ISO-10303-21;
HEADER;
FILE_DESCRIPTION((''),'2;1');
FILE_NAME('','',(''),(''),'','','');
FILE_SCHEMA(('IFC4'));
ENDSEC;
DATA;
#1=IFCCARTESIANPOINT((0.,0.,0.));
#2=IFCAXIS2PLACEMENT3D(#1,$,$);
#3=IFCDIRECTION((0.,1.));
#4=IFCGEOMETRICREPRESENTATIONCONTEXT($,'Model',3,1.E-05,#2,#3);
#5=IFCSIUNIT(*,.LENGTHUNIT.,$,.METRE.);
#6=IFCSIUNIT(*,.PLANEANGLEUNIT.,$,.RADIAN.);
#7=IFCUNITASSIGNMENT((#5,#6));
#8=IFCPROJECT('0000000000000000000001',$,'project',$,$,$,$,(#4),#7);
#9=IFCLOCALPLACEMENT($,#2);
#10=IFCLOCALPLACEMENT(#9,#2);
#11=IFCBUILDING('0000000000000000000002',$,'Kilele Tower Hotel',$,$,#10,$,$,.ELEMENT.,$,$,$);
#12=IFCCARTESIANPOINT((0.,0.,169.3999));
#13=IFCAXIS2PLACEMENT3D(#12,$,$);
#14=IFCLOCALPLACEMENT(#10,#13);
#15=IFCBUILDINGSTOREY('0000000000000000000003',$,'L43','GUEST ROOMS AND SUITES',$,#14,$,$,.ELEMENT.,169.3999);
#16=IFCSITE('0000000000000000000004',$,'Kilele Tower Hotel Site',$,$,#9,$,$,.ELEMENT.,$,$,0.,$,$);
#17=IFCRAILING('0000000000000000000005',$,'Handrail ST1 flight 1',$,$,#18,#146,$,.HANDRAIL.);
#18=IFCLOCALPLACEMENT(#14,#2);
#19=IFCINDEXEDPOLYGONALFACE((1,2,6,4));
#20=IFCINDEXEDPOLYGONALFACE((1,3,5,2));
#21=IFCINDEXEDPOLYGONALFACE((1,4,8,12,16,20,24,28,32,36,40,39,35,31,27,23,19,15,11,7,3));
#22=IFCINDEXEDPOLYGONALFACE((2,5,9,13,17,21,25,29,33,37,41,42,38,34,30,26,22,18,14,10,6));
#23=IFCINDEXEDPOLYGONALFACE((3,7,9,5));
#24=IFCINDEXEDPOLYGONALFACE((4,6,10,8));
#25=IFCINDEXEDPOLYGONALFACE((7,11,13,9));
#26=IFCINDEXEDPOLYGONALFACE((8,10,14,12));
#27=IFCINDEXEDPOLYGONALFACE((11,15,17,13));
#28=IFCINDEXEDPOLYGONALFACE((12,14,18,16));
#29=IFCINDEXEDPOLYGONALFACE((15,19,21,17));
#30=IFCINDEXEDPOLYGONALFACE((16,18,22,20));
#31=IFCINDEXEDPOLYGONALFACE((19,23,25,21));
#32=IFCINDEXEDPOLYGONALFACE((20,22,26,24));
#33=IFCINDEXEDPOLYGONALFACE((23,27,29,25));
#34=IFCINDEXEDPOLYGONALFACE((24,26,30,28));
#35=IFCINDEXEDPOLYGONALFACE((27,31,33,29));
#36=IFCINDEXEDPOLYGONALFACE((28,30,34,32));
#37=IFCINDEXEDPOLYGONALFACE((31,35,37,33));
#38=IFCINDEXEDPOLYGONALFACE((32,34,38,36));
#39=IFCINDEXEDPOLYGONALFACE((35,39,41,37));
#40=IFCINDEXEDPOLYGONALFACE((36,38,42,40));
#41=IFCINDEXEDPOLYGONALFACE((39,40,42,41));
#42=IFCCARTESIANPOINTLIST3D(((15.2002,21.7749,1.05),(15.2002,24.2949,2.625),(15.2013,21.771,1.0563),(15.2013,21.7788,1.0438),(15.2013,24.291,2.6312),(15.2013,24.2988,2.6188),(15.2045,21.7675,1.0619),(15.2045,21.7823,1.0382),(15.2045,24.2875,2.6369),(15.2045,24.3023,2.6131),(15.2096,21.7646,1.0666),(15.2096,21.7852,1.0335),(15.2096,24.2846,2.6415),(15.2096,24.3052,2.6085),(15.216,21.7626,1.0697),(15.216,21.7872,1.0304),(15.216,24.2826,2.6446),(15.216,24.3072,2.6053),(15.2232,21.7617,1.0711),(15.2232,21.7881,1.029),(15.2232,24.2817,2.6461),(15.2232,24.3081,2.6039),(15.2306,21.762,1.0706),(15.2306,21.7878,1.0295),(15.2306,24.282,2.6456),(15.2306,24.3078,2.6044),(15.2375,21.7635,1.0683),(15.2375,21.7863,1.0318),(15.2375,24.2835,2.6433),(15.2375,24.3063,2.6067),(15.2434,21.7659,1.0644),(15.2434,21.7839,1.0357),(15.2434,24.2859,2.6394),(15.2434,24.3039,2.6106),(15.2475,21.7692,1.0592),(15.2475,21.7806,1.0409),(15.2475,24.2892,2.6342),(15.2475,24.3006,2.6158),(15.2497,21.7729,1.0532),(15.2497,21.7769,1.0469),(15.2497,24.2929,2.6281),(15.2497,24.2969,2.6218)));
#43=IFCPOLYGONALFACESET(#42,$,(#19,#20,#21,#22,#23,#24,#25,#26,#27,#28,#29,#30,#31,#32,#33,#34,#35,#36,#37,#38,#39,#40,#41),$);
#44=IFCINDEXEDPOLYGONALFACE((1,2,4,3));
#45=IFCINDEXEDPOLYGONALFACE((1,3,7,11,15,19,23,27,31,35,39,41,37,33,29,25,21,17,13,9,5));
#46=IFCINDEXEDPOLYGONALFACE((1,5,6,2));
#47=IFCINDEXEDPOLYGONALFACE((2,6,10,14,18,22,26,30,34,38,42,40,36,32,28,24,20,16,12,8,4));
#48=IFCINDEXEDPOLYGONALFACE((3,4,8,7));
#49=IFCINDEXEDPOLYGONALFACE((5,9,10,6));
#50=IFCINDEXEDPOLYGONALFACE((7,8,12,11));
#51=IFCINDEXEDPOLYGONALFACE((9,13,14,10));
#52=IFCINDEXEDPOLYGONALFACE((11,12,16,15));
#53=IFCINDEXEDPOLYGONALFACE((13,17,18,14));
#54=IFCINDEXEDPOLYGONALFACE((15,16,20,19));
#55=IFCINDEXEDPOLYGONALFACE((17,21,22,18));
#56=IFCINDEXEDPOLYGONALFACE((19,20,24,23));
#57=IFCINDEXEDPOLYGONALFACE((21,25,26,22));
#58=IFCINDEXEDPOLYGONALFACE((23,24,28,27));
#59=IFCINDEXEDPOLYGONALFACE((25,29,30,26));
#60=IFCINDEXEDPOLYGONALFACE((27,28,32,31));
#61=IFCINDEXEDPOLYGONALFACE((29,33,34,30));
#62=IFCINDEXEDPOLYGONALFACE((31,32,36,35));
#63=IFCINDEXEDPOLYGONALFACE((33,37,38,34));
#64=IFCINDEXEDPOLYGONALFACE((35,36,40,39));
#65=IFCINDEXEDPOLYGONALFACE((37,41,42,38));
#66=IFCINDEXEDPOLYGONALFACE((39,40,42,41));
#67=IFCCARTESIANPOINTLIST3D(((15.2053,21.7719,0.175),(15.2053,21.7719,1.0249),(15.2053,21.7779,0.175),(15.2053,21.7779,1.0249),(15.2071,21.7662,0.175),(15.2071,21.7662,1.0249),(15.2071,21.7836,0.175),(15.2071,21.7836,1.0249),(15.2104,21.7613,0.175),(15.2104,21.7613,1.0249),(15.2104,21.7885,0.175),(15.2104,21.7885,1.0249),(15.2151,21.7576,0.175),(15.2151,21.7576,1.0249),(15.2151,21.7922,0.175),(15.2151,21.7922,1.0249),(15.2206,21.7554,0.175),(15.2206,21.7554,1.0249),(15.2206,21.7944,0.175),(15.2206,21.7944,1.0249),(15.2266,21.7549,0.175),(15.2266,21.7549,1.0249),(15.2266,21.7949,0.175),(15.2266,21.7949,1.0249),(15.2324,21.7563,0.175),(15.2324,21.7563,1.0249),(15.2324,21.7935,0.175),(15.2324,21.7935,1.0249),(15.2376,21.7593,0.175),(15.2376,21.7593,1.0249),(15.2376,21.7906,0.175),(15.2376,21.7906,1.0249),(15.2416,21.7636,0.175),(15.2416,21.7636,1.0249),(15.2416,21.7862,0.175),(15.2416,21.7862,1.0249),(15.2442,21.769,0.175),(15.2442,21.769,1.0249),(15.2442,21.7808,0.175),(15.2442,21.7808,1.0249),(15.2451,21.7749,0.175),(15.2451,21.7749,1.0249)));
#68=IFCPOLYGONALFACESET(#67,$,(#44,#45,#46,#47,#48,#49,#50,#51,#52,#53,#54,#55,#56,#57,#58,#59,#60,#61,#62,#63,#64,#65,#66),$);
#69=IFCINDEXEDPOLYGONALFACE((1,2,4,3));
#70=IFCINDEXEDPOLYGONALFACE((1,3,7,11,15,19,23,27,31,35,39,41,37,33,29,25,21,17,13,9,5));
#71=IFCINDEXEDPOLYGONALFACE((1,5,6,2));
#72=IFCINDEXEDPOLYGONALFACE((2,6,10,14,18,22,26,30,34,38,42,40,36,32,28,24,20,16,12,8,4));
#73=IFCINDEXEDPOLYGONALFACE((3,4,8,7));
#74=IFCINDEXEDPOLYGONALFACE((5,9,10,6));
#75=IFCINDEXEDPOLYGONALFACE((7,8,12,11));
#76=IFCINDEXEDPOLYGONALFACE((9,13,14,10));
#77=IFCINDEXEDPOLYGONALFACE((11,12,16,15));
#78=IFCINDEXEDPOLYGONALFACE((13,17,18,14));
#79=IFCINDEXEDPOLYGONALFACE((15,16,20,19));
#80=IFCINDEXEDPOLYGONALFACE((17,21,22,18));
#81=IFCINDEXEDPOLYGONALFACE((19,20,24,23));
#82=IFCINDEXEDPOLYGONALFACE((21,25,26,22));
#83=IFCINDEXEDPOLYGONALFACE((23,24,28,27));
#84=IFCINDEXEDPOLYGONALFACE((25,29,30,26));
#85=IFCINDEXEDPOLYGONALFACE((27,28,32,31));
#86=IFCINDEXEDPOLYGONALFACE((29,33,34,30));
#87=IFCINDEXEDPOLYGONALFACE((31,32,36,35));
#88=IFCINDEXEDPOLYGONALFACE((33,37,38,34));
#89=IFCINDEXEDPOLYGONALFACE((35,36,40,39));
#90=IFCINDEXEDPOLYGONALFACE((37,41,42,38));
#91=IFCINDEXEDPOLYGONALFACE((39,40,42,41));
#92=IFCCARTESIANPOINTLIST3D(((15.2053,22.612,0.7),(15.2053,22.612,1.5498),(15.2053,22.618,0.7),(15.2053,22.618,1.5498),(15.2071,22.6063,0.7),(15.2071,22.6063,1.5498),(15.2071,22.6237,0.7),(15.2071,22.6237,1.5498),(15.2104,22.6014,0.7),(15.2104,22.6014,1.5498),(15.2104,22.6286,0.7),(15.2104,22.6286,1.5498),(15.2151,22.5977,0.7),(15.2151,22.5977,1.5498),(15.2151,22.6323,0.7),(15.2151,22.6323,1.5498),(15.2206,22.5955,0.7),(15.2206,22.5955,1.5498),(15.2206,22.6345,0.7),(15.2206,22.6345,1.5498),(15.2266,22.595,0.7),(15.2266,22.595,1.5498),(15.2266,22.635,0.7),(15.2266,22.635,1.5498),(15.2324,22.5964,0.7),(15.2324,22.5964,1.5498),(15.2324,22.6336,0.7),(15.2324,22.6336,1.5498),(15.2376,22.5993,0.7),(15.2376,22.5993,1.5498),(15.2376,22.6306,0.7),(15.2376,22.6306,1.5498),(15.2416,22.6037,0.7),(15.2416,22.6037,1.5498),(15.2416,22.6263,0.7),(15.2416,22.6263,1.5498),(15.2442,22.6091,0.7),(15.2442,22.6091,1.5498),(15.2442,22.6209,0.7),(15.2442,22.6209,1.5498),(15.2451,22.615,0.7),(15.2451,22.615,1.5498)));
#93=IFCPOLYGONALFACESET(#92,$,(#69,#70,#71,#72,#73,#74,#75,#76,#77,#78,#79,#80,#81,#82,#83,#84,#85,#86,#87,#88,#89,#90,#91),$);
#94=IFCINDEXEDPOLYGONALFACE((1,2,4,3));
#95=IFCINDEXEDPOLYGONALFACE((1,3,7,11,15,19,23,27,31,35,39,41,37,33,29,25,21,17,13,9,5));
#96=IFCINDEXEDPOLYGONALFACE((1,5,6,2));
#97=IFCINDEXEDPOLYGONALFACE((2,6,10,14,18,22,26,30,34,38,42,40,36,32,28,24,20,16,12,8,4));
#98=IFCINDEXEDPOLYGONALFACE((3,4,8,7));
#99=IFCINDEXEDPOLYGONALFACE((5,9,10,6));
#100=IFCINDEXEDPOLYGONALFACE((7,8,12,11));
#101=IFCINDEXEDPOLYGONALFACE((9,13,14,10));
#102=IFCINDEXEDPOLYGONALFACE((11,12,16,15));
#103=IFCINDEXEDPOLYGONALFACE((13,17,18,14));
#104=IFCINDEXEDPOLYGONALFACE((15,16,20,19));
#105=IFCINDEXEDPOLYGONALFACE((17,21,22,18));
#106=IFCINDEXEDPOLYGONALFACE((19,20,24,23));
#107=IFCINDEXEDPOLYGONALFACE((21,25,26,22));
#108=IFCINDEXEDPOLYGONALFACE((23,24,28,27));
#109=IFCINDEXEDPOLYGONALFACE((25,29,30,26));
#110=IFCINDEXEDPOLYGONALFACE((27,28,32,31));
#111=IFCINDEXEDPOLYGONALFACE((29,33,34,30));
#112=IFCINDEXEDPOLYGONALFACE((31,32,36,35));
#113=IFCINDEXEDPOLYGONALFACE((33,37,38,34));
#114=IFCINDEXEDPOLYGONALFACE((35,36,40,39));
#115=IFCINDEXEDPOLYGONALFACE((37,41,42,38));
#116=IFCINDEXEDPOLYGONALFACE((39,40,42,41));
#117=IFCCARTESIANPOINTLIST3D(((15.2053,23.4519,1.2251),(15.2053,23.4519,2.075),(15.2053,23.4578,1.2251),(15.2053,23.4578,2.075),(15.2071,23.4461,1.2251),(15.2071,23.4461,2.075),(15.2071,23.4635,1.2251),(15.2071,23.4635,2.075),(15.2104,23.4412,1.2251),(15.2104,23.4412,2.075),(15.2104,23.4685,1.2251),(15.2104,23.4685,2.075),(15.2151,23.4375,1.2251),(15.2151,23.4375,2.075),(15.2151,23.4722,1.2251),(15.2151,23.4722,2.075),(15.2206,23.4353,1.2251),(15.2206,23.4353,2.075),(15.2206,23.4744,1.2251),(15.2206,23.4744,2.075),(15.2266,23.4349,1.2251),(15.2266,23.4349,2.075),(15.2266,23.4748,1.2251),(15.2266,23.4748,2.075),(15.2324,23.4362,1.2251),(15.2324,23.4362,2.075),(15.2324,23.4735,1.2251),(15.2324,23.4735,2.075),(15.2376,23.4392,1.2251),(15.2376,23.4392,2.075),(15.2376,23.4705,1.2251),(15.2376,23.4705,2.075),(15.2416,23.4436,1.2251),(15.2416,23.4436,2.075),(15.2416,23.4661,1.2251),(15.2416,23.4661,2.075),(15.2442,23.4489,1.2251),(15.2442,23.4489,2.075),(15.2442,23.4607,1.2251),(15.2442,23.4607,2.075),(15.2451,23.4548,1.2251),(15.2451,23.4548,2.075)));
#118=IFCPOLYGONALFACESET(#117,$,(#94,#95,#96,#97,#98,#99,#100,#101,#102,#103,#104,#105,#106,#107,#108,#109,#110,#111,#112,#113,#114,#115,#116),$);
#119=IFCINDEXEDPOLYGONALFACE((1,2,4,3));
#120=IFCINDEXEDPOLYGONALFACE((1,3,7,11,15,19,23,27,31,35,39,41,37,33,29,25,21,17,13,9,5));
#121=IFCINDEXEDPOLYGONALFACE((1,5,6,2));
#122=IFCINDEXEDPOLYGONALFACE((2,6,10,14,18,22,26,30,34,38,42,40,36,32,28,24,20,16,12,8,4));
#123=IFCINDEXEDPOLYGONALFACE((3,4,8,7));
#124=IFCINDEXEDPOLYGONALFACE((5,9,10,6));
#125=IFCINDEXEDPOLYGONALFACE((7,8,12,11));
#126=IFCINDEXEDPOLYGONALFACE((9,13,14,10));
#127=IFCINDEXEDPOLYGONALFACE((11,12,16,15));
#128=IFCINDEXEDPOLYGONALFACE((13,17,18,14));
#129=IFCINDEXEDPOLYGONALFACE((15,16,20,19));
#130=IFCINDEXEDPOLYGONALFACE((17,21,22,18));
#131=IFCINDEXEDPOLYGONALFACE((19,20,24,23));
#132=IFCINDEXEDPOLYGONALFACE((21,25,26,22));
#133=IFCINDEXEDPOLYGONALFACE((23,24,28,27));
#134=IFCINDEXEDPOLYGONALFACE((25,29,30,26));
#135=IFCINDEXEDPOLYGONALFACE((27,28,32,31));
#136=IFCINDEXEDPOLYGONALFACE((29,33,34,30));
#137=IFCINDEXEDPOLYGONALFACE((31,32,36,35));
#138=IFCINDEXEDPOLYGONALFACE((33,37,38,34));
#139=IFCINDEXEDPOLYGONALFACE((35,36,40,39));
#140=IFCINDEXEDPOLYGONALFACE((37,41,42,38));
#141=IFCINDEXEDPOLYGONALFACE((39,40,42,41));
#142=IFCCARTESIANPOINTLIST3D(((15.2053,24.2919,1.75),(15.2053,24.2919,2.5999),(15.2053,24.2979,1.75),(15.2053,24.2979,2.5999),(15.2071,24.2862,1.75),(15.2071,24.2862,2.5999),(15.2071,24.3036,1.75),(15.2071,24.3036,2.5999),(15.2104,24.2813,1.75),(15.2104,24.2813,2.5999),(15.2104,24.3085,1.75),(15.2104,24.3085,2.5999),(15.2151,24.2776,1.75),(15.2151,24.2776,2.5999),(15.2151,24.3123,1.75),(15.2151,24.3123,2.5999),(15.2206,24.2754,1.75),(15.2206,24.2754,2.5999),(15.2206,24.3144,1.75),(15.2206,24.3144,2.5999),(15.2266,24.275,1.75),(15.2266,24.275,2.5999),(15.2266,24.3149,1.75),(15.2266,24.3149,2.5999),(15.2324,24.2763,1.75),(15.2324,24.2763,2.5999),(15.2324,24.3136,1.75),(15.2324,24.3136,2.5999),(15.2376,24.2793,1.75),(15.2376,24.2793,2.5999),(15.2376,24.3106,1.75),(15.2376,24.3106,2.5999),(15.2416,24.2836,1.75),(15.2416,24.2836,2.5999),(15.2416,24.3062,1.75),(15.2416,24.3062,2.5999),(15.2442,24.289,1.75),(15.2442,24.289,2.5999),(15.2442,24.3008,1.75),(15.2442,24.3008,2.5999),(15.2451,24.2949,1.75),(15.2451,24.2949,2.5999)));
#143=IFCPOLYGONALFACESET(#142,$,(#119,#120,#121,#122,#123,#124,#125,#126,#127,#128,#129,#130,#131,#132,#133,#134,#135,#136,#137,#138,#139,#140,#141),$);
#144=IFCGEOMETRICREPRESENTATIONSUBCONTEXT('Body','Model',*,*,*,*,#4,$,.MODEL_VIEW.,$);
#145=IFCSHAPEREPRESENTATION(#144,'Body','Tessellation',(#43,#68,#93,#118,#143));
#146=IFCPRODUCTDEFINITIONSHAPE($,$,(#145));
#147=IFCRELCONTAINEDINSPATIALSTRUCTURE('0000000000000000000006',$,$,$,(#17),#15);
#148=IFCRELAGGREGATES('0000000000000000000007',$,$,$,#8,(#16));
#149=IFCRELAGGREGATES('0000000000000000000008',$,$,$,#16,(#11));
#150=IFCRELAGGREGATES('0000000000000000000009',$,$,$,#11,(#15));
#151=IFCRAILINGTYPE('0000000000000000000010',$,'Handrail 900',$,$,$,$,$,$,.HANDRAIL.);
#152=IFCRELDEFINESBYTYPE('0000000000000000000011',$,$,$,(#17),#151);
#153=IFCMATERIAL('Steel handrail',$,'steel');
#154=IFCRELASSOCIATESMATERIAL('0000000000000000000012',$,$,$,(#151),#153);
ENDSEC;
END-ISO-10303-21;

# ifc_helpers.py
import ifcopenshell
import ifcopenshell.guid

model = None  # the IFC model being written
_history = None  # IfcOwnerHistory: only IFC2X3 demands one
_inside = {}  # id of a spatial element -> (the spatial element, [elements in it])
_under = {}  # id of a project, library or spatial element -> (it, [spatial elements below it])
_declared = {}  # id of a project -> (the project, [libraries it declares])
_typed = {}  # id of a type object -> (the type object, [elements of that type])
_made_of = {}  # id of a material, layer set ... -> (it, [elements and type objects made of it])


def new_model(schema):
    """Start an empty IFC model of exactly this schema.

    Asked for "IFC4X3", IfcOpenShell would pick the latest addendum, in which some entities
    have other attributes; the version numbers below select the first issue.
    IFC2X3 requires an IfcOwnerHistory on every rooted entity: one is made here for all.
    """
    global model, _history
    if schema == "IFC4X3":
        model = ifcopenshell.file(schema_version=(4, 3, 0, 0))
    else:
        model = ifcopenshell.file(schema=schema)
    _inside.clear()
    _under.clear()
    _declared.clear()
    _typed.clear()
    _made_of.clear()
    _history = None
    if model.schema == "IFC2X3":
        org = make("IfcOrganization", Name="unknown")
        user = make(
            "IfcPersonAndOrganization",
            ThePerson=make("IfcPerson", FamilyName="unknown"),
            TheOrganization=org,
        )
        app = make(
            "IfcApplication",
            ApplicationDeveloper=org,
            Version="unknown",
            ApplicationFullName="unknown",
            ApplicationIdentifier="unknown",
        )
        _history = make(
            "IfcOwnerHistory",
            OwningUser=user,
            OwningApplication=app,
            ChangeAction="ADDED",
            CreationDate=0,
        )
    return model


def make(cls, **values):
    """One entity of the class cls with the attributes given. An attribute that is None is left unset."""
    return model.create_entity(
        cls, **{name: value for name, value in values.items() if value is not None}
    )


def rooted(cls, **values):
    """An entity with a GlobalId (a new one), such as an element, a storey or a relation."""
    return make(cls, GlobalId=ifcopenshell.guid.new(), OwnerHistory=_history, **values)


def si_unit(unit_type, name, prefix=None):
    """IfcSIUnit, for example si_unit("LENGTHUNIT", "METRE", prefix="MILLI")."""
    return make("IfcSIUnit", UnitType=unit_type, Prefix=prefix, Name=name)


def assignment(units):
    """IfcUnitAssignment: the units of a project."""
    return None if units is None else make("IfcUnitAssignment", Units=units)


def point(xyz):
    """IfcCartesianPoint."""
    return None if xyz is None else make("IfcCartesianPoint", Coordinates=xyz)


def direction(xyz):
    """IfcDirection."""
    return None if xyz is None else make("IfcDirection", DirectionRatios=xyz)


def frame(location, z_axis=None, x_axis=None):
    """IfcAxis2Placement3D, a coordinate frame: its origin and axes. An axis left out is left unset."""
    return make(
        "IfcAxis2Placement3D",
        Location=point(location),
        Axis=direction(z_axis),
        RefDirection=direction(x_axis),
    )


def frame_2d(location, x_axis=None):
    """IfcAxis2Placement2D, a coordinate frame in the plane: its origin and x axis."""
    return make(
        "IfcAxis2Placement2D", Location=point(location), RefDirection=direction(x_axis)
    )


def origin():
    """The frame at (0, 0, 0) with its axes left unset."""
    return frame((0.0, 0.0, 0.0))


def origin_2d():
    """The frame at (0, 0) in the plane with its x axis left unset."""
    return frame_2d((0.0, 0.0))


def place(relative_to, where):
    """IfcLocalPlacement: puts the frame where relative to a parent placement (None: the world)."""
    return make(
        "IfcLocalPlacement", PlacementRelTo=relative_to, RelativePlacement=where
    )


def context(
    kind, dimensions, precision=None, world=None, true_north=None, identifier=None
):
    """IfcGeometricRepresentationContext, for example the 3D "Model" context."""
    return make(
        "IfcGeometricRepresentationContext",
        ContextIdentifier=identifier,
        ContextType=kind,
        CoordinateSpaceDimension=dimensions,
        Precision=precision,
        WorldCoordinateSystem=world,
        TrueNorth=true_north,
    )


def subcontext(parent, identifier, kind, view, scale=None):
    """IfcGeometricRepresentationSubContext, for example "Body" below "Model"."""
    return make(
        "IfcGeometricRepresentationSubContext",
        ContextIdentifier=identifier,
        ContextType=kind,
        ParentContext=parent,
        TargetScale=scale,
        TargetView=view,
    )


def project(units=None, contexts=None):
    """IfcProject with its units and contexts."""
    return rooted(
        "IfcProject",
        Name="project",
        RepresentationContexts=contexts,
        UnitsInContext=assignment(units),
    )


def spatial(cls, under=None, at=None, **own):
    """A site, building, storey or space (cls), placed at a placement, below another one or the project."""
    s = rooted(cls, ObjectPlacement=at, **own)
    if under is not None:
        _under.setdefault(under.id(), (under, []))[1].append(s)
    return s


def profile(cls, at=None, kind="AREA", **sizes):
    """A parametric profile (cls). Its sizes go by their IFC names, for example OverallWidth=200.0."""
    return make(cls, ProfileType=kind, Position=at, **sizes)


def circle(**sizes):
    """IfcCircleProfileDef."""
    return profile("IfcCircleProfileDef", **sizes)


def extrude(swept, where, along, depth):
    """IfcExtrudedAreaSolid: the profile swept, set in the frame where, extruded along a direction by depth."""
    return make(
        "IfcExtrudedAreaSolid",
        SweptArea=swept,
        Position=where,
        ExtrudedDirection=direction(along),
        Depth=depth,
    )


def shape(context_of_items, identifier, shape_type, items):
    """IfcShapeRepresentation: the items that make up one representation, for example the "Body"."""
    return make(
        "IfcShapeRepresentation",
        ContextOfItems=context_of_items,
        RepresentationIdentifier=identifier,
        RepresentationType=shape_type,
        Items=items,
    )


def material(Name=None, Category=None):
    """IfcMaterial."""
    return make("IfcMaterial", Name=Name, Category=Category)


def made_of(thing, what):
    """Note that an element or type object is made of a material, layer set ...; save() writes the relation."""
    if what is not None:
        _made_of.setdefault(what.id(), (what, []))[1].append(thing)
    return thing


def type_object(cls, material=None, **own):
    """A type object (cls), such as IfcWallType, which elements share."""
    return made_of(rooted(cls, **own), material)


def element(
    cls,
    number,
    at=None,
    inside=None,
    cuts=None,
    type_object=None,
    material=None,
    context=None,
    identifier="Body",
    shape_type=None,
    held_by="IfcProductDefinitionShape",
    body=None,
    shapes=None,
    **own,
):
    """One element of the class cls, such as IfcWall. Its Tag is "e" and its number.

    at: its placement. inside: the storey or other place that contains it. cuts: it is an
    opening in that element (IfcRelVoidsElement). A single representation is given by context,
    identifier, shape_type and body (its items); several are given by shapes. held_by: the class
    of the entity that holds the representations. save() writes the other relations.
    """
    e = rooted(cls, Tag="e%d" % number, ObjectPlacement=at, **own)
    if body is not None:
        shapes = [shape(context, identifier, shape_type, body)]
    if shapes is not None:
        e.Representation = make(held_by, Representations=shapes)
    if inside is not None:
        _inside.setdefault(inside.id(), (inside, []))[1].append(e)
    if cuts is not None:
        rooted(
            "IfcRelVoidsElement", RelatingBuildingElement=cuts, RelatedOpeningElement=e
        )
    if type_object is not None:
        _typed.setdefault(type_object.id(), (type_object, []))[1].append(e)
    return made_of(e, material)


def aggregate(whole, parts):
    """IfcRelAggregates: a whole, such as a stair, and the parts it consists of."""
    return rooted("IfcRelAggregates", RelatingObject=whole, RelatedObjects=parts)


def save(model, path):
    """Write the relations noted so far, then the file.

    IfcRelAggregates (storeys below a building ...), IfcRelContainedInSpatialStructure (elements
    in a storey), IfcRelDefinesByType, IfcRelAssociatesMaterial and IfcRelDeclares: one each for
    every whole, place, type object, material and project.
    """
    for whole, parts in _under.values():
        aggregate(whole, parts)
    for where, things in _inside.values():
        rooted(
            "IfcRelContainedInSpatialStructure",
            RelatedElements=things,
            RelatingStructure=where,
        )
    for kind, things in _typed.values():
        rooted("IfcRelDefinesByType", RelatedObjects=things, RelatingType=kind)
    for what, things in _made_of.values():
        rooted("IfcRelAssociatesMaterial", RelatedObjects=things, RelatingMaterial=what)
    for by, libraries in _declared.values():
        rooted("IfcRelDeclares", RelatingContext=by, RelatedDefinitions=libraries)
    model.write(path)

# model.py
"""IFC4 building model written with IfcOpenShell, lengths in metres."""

from ifc_helpers import new_model, si_unit, direction, frame, origin, origin_2d, place, context, subcontext, project, spatial, circle, extrude, material, type_object, element, save


model = new_model("IFC4")

# Units and contexts
model_context = context("Model", 3, precision=1e-05, world=origin(), true_north=direction((0.0, 1.0)))
body_context = subcontext(model_context, "Body", "Model", "MODEL_VIEW")
ifc_project = project(units=[si_unit("LENGTHUNIT", "METRE"), si_unit("PLANEANGLEUNIT", "RADIAN")], contexts=[model_context])

# Site, building, storey
site_placement = place(None, origin())
site = spatial("IfcSite", under=ifc_project, at=site_placement, Name="Kilele Tower Hotel Site", CompositionType="ELEMENT", RefElevation=0.0)
building_placement = place(site_placement, origin())
building = spatial("IfcBuilding", under=site, at=building_placement, Name="Kilele Tower Hotel", CompositionType="ELEMENT")
storey_placement = place(building_placement, frame((0.0, 0.0, 169.3999)))
storey = spatial("IfcBuildingStorey", under=building, at=storey_placement, Name="L43", Description="GUEST ROOMS AND SUITES", CompositionType="ELEMENT", Elevation=169.3999)

# Railing
ifc_material_1 = material(Name="Steel handrail", Category="steel")
railing_type_1 = type_object("IfcRailingType", Name="Handrail 900", PredefinedType="HANDRAIL", material=ifc_material_1)
for number, where, name in (
    (1, (15.2251, 21.7749, 0.175), "Handrail ST1 flight 1"),
):
    element("IfcRailing", number, at=place(storey_placement, frame(where)), inside=storey, type_object=railing_type_1, Name=name, PredefinedType="HANDRAIL", context=body_context, shape_type="SweptSolid", body=[
        extrude(circle(Radius=0.0249, at=origin_2d()), frame((0.0, 0.0, 0.875), z_axis=(0.0, 0.848008, 0.529984), x_axis=(-1.0, 0.0, 0.0)), (0.0, 0.0, 1.0), 2.9717),
        extrude(circle(Radius=0.02, at=origin_2d()), origin(), (0.0, 0.0, 1.0), 0.8499),
        extrude(circle(Radius=0.02, at=origin_2d()), frame((0.0, 0.8401, 0.5249)), (0.0, 0.0, 1.0), 0.8499),
        extrude(circle(Radius=0.02, at=origin_2d()), frame((0.0, 1.6799, 1.05)), (0.0, 0.0, 1.0), 0.8499),
        extrude(circle(Radius=0.02, at=origin_2d()), frame((0.0, 2.52, 1.575)), (0.0, 0.0, 1.0), 0.8499),
    ])

save(model, "model.ifc")
